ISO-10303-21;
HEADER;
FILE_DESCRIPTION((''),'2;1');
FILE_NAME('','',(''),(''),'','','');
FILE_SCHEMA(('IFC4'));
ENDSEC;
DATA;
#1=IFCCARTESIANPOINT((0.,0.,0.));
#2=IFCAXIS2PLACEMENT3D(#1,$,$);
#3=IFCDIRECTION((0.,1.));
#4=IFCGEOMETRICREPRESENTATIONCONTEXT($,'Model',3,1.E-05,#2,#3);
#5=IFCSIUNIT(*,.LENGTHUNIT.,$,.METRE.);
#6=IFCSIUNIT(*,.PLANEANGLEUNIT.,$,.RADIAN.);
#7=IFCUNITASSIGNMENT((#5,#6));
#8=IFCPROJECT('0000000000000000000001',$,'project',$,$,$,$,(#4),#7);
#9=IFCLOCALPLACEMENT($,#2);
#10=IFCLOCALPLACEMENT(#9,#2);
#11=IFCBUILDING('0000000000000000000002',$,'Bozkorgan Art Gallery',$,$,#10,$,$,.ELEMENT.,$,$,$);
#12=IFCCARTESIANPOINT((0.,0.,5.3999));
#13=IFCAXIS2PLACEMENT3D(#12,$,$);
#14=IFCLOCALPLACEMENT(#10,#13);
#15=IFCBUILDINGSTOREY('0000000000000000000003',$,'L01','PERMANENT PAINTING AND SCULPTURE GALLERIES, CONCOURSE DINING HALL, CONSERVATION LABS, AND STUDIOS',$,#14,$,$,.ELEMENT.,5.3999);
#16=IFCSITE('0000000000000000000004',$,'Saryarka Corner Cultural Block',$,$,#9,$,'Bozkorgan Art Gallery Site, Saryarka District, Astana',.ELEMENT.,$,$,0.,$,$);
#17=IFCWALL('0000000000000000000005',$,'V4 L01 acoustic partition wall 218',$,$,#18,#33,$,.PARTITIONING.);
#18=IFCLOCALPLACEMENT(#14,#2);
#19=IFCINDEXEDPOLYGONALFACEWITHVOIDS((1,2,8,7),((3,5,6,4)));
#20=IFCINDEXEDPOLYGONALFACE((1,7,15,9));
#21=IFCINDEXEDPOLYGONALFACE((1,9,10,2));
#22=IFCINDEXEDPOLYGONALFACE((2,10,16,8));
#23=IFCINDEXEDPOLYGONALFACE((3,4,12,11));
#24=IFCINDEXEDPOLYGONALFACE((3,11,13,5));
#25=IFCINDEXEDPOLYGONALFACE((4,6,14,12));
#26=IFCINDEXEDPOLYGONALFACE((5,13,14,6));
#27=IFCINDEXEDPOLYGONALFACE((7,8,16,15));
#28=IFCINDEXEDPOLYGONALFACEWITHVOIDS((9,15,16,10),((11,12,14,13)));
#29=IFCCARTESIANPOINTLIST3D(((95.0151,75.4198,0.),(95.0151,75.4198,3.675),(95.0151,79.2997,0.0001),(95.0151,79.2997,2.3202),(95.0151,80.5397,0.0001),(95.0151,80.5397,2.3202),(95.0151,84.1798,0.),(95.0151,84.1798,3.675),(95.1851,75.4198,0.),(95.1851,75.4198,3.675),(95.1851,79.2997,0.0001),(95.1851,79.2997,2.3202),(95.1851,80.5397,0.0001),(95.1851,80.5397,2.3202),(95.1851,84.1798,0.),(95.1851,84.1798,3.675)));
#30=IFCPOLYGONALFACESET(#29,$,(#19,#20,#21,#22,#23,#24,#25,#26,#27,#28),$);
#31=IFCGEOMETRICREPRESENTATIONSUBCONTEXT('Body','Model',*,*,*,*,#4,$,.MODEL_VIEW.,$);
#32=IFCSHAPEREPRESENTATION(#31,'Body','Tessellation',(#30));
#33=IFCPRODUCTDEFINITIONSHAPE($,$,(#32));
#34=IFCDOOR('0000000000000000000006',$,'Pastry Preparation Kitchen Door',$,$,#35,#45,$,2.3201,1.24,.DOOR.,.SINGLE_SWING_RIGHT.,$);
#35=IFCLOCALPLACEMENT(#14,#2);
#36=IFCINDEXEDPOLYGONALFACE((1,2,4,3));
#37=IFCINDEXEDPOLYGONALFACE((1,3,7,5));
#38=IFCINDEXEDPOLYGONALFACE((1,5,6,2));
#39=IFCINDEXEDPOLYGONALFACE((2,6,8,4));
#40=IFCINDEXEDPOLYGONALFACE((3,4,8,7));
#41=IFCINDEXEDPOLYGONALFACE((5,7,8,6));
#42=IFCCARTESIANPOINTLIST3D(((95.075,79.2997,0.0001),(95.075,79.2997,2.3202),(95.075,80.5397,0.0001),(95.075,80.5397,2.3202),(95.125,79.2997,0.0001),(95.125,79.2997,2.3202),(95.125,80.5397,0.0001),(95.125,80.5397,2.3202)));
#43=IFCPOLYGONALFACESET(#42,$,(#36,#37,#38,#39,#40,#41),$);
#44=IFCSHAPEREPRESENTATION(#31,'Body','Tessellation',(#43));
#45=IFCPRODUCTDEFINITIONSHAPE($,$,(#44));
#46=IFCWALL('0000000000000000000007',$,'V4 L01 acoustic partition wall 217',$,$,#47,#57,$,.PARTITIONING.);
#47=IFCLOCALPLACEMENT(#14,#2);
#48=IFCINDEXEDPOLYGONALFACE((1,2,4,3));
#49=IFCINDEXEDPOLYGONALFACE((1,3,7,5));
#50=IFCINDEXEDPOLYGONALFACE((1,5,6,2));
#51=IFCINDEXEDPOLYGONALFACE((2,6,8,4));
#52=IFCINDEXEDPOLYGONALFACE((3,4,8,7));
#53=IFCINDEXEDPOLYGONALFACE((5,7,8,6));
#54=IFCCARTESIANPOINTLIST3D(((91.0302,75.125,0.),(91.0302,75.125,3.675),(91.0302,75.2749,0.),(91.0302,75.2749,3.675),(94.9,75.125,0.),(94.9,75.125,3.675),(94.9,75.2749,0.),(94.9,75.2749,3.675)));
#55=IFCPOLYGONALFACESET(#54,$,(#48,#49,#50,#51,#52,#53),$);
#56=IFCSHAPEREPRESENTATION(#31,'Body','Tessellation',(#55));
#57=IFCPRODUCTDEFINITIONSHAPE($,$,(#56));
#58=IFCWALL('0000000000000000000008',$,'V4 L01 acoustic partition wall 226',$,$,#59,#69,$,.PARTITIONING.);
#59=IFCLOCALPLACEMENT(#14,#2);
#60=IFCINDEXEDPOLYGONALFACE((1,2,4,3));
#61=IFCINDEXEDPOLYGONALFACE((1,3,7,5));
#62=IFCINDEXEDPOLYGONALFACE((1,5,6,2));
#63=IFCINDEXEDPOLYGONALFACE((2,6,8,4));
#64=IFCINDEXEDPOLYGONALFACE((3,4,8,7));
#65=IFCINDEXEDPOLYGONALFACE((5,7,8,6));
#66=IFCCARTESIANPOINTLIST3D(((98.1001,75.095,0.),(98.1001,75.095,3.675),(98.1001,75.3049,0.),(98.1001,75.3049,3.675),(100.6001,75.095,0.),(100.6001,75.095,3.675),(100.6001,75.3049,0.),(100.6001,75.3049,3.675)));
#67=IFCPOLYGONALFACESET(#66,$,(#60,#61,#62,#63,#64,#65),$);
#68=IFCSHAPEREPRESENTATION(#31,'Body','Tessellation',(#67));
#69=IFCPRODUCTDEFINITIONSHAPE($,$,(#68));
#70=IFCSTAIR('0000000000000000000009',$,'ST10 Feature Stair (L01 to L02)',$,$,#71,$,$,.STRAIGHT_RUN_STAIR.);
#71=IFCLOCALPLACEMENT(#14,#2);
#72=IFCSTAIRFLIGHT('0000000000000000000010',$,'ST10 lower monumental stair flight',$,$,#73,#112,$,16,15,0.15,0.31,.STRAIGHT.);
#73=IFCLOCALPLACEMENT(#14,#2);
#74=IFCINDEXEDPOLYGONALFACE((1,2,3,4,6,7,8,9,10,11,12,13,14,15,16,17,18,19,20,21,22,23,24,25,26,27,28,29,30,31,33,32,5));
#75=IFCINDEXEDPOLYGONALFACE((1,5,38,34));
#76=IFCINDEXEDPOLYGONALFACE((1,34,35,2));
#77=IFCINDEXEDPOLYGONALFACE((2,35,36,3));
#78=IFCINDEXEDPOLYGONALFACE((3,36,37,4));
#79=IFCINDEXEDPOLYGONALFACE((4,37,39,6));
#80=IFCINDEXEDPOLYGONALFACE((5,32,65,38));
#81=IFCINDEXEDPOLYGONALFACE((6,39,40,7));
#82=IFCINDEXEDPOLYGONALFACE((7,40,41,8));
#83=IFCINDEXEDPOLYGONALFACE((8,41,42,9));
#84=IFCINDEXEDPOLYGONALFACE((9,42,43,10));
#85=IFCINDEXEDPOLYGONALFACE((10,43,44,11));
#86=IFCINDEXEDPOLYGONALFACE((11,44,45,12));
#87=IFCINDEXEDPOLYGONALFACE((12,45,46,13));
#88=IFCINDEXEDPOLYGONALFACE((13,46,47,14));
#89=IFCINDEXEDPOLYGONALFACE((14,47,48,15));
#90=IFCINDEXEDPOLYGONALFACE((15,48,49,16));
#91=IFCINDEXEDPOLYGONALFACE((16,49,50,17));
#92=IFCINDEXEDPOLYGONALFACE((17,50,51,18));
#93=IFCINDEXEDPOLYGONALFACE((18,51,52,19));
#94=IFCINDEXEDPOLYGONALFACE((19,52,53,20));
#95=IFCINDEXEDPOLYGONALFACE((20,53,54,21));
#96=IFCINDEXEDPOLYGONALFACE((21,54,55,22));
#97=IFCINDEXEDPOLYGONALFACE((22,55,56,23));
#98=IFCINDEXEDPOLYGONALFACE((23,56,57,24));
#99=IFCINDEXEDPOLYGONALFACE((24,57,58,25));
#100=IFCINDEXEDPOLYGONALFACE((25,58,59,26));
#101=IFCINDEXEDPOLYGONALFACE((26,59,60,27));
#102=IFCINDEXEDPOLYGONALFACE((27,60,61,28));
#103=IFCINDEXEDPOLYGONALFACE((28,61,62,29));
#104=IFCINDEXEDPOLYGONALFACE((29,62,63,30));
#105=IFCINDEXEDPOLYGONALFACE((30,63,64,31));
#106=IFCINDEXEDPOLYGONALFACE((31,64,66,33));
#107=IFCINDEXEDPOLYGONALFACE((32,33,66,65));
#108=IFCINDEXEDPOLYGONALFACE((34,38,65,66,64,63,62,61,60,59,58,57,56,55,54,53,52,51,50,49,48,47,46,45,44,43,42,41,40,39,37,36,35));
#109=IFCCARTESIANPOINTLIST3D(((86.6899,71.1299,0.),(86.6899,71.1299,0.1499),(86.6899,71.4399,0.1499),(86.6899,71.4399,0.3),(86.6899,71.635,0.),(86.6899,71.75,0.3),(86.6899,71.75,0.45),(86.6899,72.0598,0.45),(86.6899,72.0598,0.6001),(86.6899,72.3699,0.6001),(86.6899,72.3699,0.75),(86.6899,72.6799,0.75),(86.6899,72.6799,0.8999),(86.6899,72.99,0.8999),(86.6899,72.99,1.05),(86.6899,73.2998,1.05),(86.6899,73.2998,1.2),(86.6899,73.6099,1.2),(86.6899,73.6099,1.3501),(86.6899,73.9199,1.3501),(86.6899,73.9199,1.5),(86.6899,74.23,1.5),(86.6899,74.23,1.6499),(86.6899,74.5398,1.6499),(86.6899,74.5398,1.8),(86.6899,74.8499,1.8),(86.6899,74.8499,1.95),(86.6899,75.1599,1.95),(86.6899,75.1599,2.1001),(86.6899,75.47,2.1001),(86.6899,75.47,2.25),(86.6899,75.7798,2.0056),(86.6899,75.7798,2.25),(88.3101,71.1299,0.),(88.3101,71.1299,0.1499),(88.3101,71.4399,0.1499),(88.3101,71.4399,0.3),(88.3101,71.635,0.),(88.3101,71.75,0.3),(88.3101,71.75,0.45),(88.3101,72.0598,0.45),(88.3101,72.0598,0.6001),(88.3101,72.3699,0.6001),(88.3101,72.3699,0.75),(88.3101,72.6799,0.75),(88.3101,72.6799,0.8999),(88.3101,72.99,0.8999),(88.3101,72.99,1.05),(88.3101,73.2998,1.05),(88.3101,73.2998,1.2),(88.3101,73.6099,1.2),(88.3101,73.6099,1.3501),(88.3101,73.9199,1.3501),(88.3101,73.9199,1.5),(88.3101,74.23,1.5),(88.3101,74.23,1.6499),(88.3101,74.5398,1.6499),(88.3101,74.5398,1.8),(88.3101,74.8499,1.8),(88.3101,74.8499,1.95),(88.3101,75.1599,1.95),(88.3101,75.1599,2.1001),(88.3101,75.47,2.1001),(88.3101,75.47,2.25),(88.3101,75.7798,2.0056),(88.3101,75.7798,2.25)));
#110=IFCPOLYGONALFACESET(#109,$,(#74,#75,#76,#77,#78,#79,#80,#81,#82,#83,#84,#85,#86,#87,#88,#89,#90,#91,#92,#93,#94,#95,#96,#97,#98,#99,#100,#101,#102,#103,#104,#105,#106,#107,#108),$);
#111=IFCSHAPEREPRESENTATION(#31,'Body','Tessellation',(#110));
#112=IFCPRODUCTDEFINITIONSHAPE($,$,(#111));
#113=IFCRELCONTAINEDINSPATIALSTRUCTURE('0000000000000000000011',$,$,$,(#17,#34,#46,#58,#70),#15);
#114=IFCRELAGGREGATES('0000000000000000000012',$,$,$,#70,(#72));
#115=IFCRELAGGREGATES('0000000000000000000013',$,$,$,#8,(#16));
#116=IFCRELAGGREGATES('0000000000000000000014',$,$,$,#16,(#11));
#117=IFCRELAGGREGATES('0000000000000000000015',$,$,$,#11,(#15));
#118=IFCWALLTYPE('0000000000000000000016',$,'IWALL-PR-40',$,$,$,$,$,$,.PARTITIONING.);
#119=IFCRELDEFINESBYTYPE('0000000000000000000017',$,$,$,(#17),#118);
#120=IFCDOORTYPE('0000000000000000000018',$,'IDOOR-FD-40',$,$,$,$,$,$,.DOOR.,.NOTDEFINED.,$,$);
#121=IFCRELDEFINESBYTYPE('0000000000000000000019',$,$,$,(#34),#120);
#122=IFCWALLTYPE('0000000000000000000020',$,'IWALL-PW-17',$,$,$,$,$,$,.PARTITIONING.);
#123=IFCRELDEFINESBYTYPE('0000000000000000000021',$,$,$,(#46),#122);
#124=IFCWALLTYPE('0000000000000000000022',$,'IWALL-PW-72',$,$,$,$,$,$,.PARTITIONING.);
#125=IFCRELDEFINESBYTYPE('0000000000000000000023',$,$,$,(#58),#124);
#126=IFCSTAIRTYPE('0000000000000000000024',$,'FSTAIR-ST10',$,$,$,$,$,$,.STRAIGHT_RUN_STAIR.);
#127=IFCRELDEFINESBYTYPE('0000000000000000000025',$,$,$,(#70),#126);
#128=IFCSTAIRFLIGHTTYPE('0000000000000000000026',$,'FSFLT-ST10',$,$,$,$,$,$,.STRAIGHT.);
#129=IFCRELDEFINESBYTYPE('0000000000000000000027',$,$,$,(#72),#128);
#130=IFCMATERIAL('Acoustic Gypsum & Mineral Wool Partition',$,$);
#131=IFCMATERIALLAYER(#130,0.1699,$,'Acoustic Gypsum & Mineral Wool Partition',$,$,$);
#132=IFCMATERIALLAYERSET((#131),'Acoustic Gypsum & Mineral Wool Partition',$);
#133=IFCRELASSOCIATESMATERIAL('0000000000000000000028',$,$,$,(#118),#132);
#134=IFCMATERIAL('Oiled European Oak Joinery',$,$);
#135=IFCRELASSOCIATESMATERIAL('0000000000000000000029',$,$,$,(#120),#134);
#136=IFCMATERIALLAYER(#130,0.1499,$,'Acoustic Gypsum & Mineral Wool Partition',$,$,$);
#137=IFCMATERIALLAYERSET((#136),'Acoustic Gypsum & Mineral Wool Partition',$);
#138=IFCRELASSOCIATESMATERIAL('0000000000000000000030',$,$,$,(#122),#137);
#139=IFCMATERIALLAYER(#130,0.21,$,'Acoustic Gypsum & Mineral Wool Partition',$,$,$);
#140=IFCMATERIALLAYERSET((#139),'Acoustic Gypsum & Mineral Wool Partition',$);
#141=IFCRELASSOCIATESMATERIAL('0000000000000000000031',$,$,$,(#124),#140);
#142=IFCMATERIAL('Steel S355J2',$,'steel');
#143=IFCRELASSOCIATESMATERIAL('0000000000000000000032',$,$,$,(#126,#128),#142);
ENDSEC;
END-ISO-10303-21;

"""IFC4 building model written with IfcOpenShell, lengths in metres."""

from ifc_helpers import new_model, si_unit, direction, frame, frame_2d, origin, place, context, subcontext, project, spatial, polyline, rectangle, outline, extrude, material, layer, layer_set, type_object, element, fill, aggregate, save


model = new_model("IFC4")

# Units and contexts
model_context = context("Model", 3, precision=1e-05, world=origin(), true_north=direction((0.0, 1.0)))
body_context = subcontext(model_context, "Body", "Model", "MODEL_VIEW")
ifc_project = project(units=[si_unit("LENGTHUNIT", "METRE"), si_unit("PLANEANGLEUNIT", "RADIAN")], contexts=[model_context])

# Site, building, storey
site_placement = place(None, origin())
site = spatial("IfcSite", under=ifc_project, at=site_placement, Name="Saryarka Corner Cultural Block", LongName="Bozkorgan Art Gallery Site, Saryarka District, Astana", CompositionType="ELEMENT", RefElevation=0.0)
building_placement = place(site_placement, origin())
building = spatial("IfcBuilding", under=site, at=building_placement, Name="Bozkorgan Art Gallery", CompositionType="ELEMENT")
storey_placement = place(building_placement, frame((0.0, 0.0, 5.3999)))
storey = spatial("IfcBuildingStorey", under=building, at=storey_placement, Name="L01", Description="PERMANENT PAINTING AND SCULPTURE GALLERIES, CONCOURSE DINING HALL, CONSERVATION LABS, AND STUDIOS", CompositionType="ELEMENT", Elevation=5.3999)

# Shared definitions
ifc_material_1 = material(Name="Steel S355J2", Category="steel")

# Wall, opening, door
ifc_material_2 = material(Name="Acoustic Gypsum & Mineral Wool Partition")
ifc_material_3 = material(Name="Oiled European Oak Joinery")
ifc_layer_1 = layer(ifc_material_2, 0.1699, Name="Acoustic Gypsum & Mineral Wool Partition")
ifc_layer_set_1 = layer_set([ifc_layer_1], Name="Acoustic Gypsum & Mineral Wool Partition")
wall_type_1 = type_object("IfcWallType", Name="IWALL-PR-40", PredefinedType="PARTITIONING", material=ifc_layer_set_1)
wall_1_placement = place(storey_placement, frame((95.1001, 75.4199, 0.0), z_axis=(0.0, 0.0, 1.0), x_axis=(0.0, 1.0, 0.0)))
wall_1 = element("IfcWall", 1, at=wall_1_placement, inside=storey, type_object=wall_type_1, Name="V4 L01 acoustic partition wall 218", PredefinedType="PARTITIONING", context=body_context, shape_type="SweptSolid", body=[
    extrude(rectangle(XDim=8.76, YDim=0.1699, at=frame_2d((4.3799, 0.0))), origin(), (0.0, 0.0, 1.0), 3.675),
])
opening_1_placement = place(wall_1_placement, frame((5.1199, 0.0, 0.0), z_axis=(0.0, 0.0, 1.0), x_axis=(-1.0, 0.0, 0.0)))
opening_1 = element("IfcOpeningElement", 2, at=opening_1_placement, cuts=wall_1, PredefinedType="OPENING", context=body_context, shape_type="SweptSolid", body=[
    extrude(rectangle(XDim=1.24, YDim=2.3201, at=frame_2d((0.6201, 1.1602))), frame((0.0, 0.095, 0.0), z_axis=(0.0, -1.0, 0.0), x_axis=(1.0, 0.0, 0.0)), (0.0, 0.0, 1.0), 0.1899),
])
door_type_1 = type_object("IfcDoorType", Name="IDOOR-FD-40", OperationType="NOTDEFINED", PredefinedType="DOOR", material=ifc_material_3)
door_1_placement = place(opening_1_placement, origin())
door_1 = element("IfcDoor", 3, at=door_1_placement, inside=storey, type_object=door_type_1, Name="Pastry Preparation Kitchen Door", OperationType="SINGLE_SWING_RIGHT", OverallHeight=2.3201, OverallWidth=1.24, PredefinedType="DOOR", context=body_context, shape_type="SweptSolid", body=[
    extrude(rectangle(XDim=1.24, YDim=2.3201, at=frame_2d((0.6201, 1.1602))), frame((0.0, 0.0249, 0.0), z_axis=(0.0, -1.0, 0.0), x_axis=(1.0, 0.0, 0.0)), (0.0, 0.0, 1.0), 0.05),
])
fill(opening_1, door_1)

# Walls
ifc_layer_2 = layer(ifc_material_2, 0.1499, Name="Acoustic Gypsum & Mineral Wool Partition")
ifc_layer_set_2 = layer_set([ifc_layer_2], Name="Acoustic Gypsum & Mineral Wool Partition")
wall_type_2 = type_object("IfcWallType", Name="IWALL-PW-17", PredefinedType="PARTITIONING", material=ifc_layer_set_2)
wall_2_placement = place(storey_placement, frame((91.03, 75.2, 0.0), z_axis=(0.0, 0.0, 1.0), x_axis=(1.0, 0.0, 0.0)))
element("IfcWall", 4, at=wall_2_placement, inside=storey, type_object=wall_type_2, Name="V4 L01 acoustic partition wall 217", PredefinedType="PARTITIONING", context=body_context, shape_type="SweptSolid", body=[
    extrude(rectangle(XDim=3.8699, YDim=0.1499, at=frame_2d((1.9351, 0.0))), origin(), (0.0, 0.0, 1.0), 3.675),
])
ifc_layer_3 = layer(ifc_material_2, 0.21, Name="Acoustic Gypsum & Mineral Wool Partition")
ifc_layer_set_3 = layer_set([ifc_layer_3], Name="Acoustic Gypsum & Mineral Wool Partition")
wall_type_3 = type_object("IfcWallType", Name="IWALL-PW-72", PredefinedType="PARTITIONING", material=ifc_layer_set_3)
wall_3_placement = place(storey_placement, frame((98.1001, 75.2, 0.0), z_axis=(0.0, 0.0, 1.0), x_axis=(1.0, 0.0, 0.0)))
element("IfcWall", 5, at=wall_3_placement, inside=storey, type_object=wall_type_3, Name="V4 L01 acoustic partition wall 226", PredefinedType="PARTITIONING", context=body_context, shape_type="SweptSolid", body=[
    extrude(rectangle(XDim=2.5, YDim=0.21, at=frame_2d((1.25, 0.0))), origin(), (0.0, 0.0, 1.0), 3.675),
])

# Stair, stair flight
stair_type = type_object("IfcStairType", Name="FSTAIR-ST10", PredefinedType="STRAIGHT_RUN_STAIR", material=ifc_material_1)
stair_placement = place(storey_placement, origin())
stair = element("IfcStair", 6, at=stair_placement, inside=storey, type_object=stair_type, Name="ST10 Feature Stair (L01 to L02)", PredefinedType="STRAIGHT_RUN_STAIR")
stair_flight_type = type_object("IfcStairFlightType", Name="FSFLT-ST10", PredefinedType="STRAIGHT", material=ifc_material_1)
stair_flight_placement = place(storey_placement, frame((87.5, 71.1299, 0.0), z_axis=(0.0, 0.0, 1.0), x_axis=(0.0, 1.0, 0.0)))
stair_flight = element("IfcStairFlight", 7, at=stair_flight_placement, type_object=stair_flight_type, Name="ST10 lower monumental stair flight", NumberOfRisers=16, NumberOfTreads=15, PredefinedType="STRAIGHT", RiserHeight=0.15, TreadLength=0.31, context=body_context, shape_type="SweptSolid", body=[
    extrude(outline(polyline([(0.0, 0.0), (0.0, 0.1499), (0.3101, 0.1499), (0.3101, 0.3), (0.6201, 0.3), (0.6201, 0.45), (0.9299, 0.45), (0.9299, 0.6001), (1.24, 0.6001), (1.24, 0.75), (1.55, 0.75), (1.55, 0.8999), (1.8601, 0.8999), (1.8601, 1.05), (2.1699, 1.05), (2.1699, 1.2), (2.48, 1.2), (2.48, 1.3501), (2.79, 1.3501), (2.79, 1.5), (3.1001, 1.5), (3.1001, 1.6499), (3.4099, 1.6499), (3.4099, 1.8), (3.72, 1.8), (3.72, 1.95), (4.03, 1.95), (4.03, 2.1001), (4.3401, 2.1001), (4.3401, 2.25), (4.6499, 2.25), (4.6499, 2.3999), (4.6499, 2.0056), (0.5051, 0.0), (0.0, 0.0)])), frame((0.0, 0.8101, 0.0), z_axis=(0.0, -1.0, 0.0), x_axis=(1.0, 0.0, 0.0)), (0.0, 0.0, 1.0), 1.6201),
])
aggregate(stair, [stair_flight])

save(model, "model.ifc")
